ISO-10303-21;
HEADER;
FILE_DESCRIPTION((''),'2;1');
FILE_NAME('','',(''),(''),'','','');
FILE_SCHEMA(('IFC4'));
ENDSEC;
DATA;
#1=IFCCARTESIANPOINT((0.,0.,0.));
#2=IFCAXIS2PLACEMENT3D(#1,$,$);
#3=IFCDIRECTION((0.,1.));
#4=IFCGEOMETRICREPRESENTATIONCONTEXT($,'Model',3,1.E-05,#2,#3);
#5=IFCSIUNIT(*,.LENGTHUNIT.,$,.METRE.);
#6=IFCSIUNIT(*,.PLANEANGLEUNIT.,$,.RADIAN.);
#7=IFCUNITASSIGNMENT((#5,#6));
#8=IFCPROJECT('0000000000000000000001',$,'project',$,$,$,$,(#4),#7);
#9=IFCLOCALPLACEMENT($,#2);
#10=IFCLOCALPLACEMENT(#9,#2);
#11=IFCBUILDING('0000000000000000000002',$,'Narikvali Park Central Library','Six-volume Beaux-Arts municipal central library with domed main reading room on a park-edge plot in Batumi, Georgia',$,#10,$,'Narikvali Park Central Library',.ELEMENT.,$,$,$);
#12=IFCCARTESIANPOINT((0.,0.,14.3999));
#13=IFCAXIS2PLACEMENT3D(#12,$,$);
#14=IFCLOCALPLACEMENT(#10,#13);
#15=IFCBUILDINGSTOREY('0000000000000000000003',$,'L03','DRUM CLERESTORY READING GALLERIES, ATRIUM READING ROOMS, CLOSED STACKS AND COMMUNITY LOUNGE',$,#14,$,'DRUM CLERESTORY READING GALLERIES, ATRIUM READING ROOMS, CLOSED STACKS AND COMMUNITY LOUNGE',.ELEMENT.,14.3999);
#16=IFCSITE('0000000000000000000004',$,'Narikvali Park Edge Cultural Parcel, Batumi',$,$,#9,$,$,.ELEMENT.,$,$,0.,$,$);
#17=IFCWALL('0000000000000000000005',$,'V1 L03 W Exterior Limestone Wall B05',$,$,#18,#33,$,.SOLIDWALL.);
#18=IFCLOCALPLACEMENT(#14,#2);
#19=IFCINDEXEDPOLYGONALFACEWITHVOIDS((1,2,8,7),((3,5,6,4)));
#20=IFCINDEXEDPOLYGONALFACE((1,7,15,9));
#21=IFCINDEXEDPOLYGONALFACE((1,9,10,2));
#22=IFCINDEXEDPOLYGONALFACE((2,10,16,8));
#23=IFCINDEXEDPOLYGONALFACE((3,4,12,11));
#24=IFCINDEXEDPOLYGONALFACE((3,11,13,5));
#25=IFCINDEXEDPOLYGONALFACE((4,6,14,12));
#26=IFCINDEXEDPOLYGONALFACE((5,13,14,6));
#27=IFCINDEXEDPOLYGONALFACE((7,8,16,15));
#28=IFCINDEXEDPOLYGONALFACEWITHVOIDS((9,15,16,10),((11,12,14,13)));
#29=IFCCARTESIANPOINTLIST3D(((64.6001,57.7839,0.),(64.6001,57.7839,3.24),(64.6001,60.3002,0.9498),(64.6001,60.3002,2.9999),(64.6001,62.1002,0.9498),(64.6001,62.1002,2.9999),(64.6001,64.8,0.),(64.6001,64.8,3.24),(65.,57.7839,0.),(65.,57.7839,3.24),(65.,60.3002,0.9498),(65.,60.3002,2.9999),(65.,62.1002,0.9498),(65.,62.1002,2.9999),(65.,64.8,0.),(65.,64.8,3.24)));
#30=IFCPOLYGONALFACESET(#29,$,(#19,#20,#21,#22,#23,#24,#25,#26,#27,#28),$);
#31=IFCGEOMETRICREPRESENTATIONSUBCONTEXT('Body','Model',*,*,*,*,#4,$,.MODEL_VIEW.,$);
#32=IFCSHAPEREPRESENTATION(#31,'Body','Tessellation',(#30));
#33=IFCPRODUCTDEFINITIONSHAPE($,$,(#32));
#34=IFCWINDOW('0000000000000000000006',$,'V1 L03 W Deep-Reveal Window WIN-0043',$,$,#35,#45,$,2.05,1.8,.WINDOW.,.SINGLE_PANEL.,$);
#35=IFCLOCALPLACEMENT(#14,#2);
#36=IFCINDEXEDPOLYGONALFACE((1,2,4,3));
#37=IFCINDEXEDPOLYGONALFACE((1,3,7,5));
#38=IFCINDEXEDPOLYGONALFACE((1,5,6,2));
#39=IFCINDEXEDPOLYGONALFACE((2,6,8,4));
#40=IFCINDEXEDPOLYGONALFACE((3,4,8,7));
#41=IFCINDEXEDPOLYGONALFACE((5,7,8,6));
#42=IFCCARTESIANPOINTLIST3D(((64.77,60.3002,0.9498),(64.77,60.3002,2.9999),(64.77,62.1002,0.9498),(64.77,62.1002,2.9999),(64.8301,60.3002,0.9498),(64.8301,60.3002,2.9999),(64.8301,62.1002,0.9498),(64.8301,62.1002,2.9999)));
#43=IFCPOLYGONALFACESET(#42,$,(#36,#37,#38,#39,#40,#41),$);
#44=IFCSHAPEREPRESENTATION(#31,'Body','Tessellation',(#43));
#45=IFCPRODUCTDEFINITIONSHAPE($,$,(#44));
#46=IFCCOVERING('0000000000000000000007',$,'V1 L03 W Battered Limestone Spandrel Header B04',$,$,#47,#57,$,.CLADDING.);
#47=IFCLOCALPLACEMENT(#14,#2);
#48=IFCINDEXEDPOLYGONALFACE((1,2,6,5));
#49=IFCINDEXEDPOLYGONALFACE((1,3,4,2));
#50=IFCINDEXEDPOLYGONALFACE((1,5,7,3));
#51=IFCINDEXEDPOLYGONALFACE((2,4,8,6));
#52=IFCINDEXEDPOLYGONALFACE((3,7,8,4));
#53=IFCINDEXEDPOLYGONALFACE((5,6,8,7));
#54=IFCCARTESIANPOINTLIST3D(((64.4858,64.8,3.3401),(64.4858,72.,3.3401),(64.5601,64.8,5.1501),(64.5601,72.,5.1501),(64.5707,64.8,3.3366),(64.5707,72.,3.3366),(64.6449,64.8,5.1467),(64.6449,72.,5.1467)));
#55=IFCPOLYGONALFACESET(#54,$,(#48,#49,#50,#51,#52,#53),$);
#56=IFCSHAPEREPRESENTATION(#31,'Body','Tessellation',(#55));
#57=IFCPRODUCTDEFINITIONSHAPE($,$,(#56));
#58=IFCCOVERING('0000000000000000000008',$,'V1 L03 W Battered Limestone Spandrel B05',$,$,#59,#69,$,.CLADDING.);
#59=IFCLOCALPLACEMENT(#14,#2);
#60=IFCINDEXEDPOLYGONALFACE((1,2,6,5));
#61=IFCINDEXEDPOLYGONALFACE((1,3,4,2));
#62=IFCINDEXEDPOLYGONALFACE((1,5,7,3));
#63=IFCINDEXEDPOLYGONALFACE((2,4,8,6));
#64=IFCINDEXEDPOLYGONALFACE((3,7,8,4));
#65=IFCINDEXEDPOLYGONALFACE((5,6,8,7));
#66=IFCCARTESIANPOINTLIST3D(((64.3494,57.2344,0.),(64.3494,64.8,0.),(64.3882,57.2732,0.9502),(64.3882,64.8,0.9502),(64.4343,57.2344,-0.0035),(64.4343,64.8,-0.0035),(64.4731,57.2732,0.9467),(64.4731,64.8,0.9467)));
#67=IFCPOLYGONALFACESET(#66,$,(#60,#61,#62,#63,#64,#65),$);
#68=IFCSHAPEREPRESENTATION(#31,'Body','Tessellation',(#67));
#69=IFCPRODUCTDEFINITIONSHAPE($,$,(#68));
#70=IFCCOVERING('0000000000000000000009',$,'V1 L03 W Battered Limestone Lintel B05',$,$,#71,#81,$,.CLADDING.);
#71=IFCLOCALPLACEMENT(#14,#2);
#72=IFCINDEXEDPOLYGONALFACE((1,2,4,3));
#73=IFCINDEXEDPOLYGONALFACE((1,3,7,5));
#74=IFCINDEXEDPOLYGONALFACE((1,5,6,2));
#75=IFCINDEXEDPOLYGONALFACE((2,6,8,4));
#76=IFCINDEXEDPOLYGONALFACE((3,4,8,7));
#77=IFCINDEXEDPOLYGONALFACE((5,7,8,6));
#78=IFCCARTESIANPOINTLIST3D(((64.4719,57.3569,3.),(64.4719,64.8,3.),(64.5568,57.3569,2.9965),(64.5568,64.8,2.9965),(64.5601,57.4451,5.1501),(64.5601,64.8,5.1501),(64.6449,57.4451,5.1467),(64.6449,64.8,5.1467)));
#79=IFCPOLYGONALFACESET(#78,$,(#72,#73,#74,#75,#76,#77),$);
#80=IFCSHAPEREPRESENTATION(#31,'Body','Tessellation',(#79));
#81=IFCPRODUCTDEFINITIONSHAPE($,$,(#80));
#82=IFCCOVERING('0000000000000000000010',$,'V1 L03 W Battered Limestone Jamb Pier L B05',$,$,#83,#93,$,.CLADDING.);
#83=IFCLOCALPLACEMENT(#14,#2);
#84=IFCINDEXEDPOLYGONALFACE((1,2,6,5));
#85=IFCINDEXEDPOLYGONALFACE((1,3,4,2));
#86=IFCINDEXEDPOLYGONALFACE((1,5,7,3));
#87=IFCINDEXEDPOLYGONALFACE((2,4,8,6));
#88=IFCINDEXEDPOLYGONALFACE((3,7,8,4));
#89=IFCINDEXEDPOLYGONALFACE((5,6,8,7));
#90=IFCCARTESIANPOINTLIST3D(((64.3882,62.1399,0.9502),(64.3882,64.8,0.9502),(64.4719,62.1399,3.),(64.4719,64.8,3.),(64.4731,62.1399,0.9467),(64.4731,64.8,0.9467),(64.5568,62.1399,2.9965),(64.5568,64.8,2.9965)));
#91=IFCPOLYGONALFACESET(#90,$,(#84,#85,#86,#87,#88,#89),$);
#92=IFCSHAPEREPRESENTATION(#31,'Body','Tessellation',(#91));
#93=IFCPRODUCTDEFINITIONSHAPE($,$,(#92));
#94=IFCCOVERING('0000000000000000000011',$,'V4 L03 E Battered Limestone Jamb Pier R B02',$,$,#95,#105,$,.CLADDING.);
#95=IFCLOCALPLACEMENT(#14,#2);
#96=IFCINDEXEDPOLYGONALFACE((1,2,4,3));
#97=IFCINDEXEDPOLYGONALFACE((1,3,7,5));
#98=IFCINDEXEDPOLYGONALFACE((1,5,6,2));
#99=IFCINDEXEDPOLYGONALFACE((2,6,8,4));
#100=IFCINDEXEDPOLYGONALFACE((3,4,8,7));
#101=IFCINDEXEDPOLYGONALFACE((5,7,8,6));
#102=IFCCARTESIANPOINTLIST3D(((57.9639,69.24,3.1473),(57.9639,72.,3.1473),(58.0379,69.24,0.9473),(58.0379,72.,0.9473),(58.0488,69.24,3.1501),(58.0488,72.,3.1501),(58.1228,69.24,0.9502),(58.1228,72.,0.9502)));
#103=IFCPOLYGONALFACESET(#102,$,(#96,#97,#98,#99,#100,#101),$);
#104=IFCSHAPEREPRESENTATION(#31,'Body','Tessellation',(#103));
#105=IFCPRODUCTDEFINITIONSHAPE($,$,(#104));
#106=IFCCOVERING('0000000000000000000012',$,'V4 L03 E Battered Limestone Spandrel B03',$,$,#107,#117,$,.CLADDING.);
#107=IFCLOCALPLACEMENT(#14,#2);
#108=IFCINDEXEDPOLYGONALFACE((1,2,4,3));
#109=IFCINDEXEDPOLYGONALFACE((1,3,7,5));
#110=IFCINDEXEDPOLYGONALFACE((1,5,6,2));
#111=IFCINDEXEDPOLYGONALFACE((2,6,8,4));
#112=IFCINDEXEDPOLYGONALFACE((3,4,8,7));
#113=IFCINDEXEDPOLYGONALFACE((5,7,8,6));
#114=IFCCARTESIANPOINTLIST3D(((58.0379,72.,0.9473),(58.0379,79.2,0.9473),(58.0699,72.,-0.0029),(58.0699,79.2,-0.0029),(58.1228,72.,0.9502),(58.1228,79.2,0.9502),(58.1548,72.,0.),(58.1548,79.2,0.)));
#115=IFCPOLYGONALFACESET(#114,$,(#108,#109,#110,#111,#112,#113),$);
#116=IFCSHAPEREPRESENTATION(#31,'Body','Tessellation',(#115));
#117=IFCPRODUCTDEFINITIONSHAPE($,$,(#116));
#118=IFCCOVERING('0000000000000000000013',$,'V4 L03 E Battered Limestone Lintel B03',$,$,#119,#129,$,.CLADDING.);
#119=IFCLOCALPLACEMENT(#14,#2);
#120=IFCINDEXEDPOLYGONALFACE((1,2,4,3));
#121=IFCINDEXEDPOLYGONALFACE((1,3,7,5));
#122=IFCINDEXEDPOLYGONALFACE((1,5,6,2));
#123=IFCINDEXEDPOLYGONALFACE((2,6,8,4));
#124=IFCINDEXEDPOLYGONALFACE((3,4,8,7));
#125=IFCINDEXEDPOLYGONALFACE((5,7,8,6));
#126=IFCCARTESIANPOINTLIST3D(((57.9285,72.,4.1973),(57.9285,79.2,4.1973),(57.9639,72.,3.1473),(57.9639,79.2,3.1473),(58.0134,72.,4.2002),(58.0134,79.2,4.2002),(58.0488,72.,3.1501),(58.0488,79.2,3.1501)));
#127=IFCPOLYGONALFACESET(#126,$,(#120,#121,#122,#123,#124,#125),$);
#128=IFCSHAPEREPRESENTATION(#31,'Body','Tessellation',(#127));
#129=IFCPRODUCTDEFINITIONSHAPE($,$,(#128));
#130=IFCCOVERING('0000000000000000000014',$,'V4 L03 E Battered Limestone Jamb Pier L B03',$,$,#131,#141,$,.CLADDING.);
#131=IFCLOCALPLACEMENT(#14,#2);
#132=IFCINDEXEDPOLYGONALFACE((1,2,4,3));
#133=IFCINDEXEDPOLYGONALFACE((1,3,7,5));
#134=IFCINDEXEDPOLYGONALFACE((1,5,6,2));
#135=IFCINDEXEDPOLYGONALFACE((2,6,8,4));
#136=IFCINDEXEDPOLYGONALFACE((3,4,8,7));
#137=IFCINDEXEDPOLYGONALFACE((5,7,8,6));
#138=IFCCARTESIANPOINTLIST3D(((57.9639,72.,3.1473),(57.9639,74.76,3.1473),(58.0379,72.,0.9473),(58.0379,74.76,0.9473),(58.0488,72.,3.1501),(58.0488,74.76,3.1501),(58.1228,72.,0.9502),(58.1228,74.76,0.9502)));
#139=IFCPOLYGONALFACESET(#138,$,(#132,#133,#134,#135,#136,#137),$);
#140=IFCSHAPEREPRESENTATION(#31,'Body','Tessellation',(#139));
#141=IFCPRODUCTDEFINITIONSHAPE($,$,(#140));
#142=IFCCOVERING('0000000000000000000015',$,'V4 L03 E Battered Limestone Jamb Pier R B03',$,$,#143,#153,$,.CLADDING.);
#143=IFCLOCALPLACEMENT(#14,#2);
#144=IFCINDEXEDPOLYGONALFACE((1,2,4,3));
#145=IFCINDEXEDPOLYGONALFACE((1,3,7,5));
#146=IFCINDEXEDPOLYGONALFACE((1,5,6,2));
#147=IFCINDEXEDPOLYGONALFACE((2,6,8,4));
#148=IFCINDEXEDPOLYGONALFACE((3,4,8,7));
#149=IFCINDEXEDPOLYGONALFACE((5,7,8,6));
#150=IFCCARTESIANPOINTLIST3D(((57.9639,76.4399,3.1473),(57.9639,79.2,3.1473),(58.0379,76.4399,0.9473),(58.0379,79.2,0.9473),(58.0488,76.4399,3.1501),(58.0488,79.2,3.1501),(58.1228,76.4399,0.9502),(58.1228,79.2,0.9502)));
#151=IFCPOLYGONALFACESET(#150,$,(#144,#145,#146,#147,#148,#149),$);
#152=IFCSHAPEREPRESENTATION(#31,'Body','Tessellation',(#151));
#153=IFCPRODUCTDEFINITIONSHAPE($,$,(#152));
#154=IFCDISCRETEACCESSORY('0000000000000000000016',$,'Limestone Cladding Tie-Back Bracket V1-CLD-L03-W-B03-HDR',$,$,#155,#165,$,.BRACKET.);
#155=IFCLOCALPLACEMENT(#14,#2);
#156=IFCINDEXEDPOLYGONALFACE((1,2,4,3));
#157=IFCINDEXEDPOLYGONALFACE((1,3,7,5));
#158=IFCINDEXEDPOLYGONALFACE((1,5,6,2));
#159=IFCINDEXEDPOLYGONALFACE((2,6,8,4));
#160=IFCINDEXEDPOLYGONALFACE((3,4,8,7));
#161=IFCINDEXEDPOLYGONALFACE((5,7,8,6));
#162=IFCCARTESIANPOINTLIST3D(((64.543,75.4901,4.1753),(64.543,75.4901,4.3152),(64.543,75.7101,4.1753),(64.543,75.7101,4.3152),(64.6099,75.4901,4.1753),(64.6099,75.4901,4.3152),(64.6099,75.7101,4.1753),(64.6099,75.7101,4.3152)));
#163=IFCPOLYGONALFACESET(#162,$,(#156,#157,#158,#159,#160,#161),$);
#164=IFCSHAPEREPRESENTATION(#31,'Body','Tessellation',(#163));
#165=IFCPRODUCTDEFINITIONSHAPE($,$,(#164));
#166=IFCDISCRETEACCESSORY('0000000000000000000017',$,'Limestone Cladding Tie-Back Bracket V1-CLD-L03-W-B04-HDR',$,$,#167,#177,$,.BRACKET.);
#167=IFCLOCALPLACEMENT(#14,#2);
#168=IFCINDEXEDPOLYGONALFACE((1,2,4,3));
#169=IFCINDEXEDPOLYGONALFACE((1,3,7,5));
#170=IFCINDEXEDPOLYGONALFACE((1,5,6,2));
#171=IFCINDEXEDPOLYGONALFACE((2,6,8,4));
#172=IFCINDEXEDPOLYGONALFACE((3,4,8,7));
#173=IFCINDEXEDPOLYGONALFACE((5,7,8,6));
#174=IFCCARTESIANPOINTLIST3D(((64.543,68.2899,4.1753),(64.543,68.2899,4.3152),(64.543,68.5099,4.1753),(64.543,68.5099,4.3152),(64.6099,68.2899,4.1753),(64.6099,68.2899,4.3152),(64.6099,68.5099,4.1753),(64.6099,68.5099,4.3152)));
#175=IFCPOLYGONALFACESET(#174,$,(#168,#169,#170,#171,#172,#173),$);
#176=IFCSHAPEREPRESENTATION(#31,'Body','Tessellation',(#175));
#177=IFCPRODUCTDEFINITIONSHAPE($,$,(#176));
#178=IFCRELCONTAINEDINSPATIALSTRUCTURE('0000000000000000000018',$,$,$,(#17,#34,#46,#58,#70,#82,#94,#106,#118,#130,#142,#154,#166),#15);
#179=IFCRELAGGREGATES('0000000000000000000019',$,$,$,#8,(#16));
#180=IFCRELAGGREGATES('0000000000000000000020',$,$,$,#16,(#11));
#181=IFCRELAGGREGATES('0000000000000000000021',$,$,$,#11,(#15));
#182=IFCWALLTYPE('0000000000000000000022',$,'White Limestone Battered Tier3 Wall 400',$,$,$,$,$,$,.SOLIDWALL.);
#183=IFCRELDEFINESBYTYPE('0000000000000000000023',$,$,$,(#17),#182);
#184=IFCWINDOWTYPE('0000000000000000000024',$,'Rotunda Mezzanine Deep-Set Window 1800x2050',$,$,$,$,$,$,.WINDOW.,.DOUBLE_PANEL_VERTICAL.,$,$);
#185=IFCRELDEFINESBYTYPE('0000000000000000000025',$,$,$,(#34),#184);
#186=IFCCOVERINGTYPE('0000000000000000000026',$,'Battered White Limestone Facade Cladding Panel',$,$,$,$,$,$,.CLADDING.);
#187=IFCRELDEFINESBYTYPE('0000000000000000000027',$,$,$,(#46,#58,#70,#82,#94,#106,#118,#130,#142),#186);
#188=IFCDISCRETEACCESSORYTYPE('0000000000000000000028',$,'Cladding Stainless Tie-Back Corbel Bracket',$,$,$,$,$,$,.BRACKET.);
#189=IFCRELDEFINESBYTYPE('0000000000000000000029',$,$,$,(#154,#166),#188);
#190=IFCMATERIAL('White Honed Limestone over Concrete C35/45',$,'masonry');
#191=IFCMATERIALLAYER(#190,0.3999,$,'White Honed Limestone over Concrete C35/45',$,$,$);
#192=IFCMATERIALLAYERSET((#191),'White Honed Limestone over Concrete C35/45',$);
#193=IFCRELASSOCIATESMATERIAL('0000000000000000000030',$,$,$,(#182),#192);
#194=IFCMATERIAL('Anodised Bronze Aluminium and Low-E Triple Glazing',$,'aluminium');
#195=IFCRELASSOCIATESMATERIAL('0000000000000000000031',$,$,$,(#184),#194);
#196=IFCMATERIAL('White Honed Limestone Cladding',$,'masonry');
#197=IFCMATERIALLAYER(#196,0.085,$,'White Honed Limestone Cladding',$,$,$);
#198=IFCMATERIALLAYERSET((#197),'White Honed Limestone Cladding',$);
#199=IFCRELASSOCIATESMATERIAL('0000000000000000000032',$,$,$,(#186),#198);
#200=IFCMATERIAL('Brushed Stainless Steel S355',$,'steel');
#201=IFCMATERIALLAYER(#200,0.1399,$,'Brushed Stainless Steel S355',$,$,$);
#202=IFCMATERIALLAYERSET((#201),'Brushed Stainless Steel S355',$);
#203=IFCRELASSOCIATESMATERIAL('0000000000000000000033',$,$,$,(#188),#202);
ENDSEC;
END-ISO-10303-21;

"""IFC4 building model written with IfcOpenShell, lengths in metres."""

from ifc_helpers import new_model, si_unit, direction, frame, frame_2d, origin, origin_2d, place, context, subcontext, project, spatial, polyline, rectangle, outline, extrude, material, layer, layer_set, type_object, element, fill, save


model = new_model("IFC4")

# Units and contexts
model_context = context("Model", 3, precision=1e-05, world=origin(), true_north=direction((0.0, 1.0)))
body_context = subcontext(model_context, "Body", "Model", "MODEL_VIEW")
ifc_project = project(units=[si_unit("LENGTHUNIT", "METRE"), si_unit("PLANEANGLEUNIT", "RADIAN")], contexts=[model_context])

# Site, building, storey
site_placement = place(None, origin())
site = spatial("IfcSite", under=ifc_project, at=site_placement, Name="Narikvali Park Edge Cultural Parcel, Batumi", CompositionType="ELEMENT", RefElevation=0.0)
building_placement = place(site_placement, origin())
building = spatial("IfcBuilding", under=site, at=building_placement, Name="Narikvali Park Central Library", Description="Six-volume Beaux-Arts municipal central library with domed main reading room on a park-edge plot in Batumi, Georgia", LongName="Narikvali Park Central Library", CompositionType="ELEMENT")
storey_placement = place(building_placement, frame((0.0, 0.0, 14.3999)))
storey = spatial("IfcBuildingStorey", under=building, at=storey_placement, Name="L03", Description="DRUM CLERESTORY READING GALLERIES, ATRIUM READING ROOMS, CLOSED STACKS AND COMMUNITY LOUNGE", LongName="DRUM CLERESTORY READING GALLERIES, ATRIUM READING ROOMS, CLOSED STACKS AND COMMUNITY LOUNGE", CompositionType="ELEMENT", Elevation=14.3999)

# Wall, opening, window
ifc_material_1 = material(Name="White Honed Limestone over Concrete C35/45", Category="masonry")
ifc_layer_1 = layer(ifc_material_1, 0.3999, Name="White Honed Limestone over Concrete C35/45")
ifc_layer_set_1 = layer_set([ifc_layer_1], Name="White Honed Limestone over Concrete C35/45")
wall_type = type_object("IfcWallType", Name="White Limestone Battered Tier3 Wall 400", PredefinedType="SOLIDWALL", material=ifc_layer_set_1)
wall_placement = place(storey_placement, frame((64.8, 64.8, 0.0), z_axis=(0.0, 0.0, 1.0), x_axis=(0.0, -1.0, 0.0)))
wall = element("IfcWall", 1, at=wall_placement, inside=storey, type_object=wall_type, Name="V1 L03 W Exterior Limestone Wall B05", PredefinedType="SOLIDWALL", context=body_context, shape_type="SweptSolid", body=[
    extrude(rectangle(XDim=7.0161, YDim=0.3999, at=frame_2d((3.5081, 0.0))), origin(), (0.0, 0.0, 1.0), 3.24),
])
opening_placement = place(wall_placement, frame((2.7, 0.0, 0.95)))
opening = element("IfcOpeningElement", 2, at=opening_placement, cuts=wall, PredefinedType="OPENING", context=body_context, shape_type="SweptSolid", body=[
    extrude(rectangle(XDim=1.8, YDim=2.05, at=frame_2d((0.8999, 1.0249))), frame((0.0, 0.2119, 0.0), z_axis=(0.0, -1.0, 0.0), x_axis=(1.0, 0.0, 0.0)), (0.0, 0.0, 1.0), 0.4238),
])
ifc_material_2 = material(Name="Anodised Bronze Aluminium and Low-E Triple Glazing", Category="aluminium")
window_type = type_object("IfcWindowType", Name="Rotunda Mezzanine Deep-Set Window 1800x2050", PartitioningType="DOUBLE_PANEL_VERTICAL", PredefinedType="WINDOW", material=ifc_material_2)
window_placement = place(opening_placement, origin())
window = element("IfcWindow", 3, at=window_placement, inside=storey, type_object=window_type, Name="V1 L03 W Deep-Reveal Window WIN-0043", OverallHeight=2.05, OverallWidth=1.8, PartitioningType="SINGLE_PANEL", PredefinedType="WINDOW", context=body_context, shape_type="SweptSolid", body=[
    extrude(rectangle(XDim=1.8, YDim=2.05, at=frame_2d((0.8999, 1.0249))), frame((0.0, 0.03, 0.0), z_axis=(0.0, -1.0, 0.0), x_axis=(1.0, 0.0, 0.0)), (0.0, 0.0, 1.0), 0.0601),
])
fill(opening, window)

# Coverings
ifc_material_3 = material(Name="White Honed Limestone Cladding", Category="masonry")
ifc_layer_2 = layer(ifc_material_3, 0.085, Name="White Honed Limestone Cladding")
ifc_layer_set_2 = layer_set([ifc_layer_2], Name="White Honed Limestone Cladding")
covering_type = type_object("IfcCoveringType", Name="Battered White Limestone Facade Cladding Panel", PredefinedType="CLADDING", material=ifc_layer_set_2)
covering_1_placement = place(storey_placement, frame((64.4858, 72.0, 3.3401), z_axis=(-0.99916, 0.0, 0.040969), x_axis=(0.0, -1.0, 0.0)))
element("IfcCovering", 4, at=covering_1_placement, inside=storey, type_object=covering_type, Name="V1 L03 W Battered Limestone Spandrel Header B04", PredefinedType="CLADDING", context=body_context, shape_type="SweptSolid", body=[
    extrude(outline(polyline([(0.0, 0.0), (7.2, 0.0), (7.2, 1.8116), (0.0, 1.8116), (0.0, 0.0)])), origin(), (0.0, 0.0, -1.0), 0.085),
])
covering_2_placement = place(storey_placement, frame((64.3494, 64.8, 0.0), z_axis=(-0.999167, 0.0, 0.040819), x_axis=(0.0, -1.0, 0.0)))
element("IfcCovering", 5, at=covering_2_placement, inside=storey, type_object=covering_type, Name="V1 L03 W Battered Limestone Spandrel B05", PredefinedType="CLADDING", context=body_context, shape_type="SweptSolid", body=[
    extrude(outline(polyline([(0.0, 0.0), (7.5657, 0.0), (7.5269, 0.951), (0.0, 0.951), (0.0, 0.0)])), origin(), (0.0, 0.0, -1.0), 0.085),
])
covering_3_placement = place(storey_placement, frame((64.4719, 64.8, 3.0), z_axis=(-0.999161, 0.0, 0.040956), x_axis=(0.0, -1.0, 0.0)))
element("IfcCovering", 6, at=covering_3_placement, inside=storey, type_object=covering_type, Name="V1 L03 W Battered Limestone Lintel B05", PredefinedType="CLADDING", context=body_context, shape_type="SweptSolid", body=[
    extrude(outline(polyline([(0.0, 0.0), (7.4431, 0.0), (7.355, 2.152), (0.0, 2.152), (0.0, 0.0)])), origin(), (0.0, 0.0, -1.0), 0.085),
])
covering_4_placement = place(storey_placement, frame((64.3882, 64.8, 0.9502), z_axis=(-0.999167, 0.0, 0.040819), x_axis=(0.0, -1.0, 0.0)))
element("IfcCovering", 7, at=covering_4_placement, inside=storey, type_object=covering_type, Name="V1 L03 W Battered Limestone Jamb Pier L B05", PredefinedType="CLADDING", context=body_context, shape_type="SweptSolid", body=[
    extrude(outline(polyline([(0.0, 0.0), (2.6602, 0.0), (2.6602, 2.0515), (0.0, 2.0515), (0.0, 0.0)])), origin(), (0.0, 0.0, -1.0), 0.085),
])
covering_5_placement = place(storey_placement, frame((58.1228, 69.24, 0.9502), z_axis=(0.999435, 0.0, 0.033607), x_axis=(0.0, 1.0, 0.0)))
element("IfcCovering", 8, at=covering_5_placement, inside=storey, type_object=covering_type, Name="V4 L03 E Battered Limestone Jamb Pier R B02", PredefinedType="CLADDING", context=body_context, shape_type="SweptSolid", body=[
    extrude(outline(polyline([(0.0, 0.0), (2.76, 0.0), (2.76, 2.2012), (0.0, 2.2012), (0.0, 0.0)])), origin(), (0.0, 0.0, -1.0), 0.085),
])
covering_6_placement = place(storey_placement, frame((58.1548, 72.0, 0.0), z_axis=(0.999434, 0.0, 0.03364), x_axis=(0.0, 1.0, 0.0)))
element("IfcCovering", 9, at=covering_6_placement, inside=storey, type_object=covering_type, Name="V4 L03 E Battered Limestone Spandrel B03", PredefinedType="CLADDING", context=body_context, shape_type="SweptSolid", body=[
    extrude(outline(polyline([(0.0, 0.0), (7.2, 0.0), (7.2, 0.9507), (0.0, 0.9507), (0.0, 0.0)])), origin(), (0.0, 0.0, -1.0), 0.085),
])
covering_7_placement = place(storey_placement, frame((58.0488, 72.0, 3.1501), z_axis=(0.999432, 0.0, 0.033694), x_axis=(0.0, 1.0, 0.0)))
element("IfcCovering", 10, at=covering_7_placement, inside=storey, type_object=covering_type, Name="V4 L03 E Battered Limestone Lintel B03", PredefinedType="CLADDING", context=body_context, shape_type="SweptSolid", body=[
    extrude(outline(polyline([(0.0, 0.0), (7.2, 0.0), (7.2, 1.0506), (0.0, 1.0506), (0.0, 0.0)])), origin(), (0.0, 0.0, -1.0), 0.085),
])
for number, where, z_axis, x_axis, name in (
    (11, (58.1228, 72.0, 0.9502), (0.999435, 0.0, 0.033607), (0.0, 1.0, 0.0), "V4 L03 E Battered Limestone Jamb Pier L B03"),
    (12, (58.1228, 76.4399, 0.9502), (0.999435, 0.0, 0.033607), (0.0, 1.0, 0.0), "V4 L03 E Battered Limestone Jamb Pier R B03"),
):
    element("IfcCovering", number, at=place(storey_placement, frame(where, z_axis=z_axis, x_axis=x_axis)), inside=storey, type_object=covering_type, Name=name, PredefinedType="CLADDING", context=body_context, shape_type="SweptSolid", body=[
        extrude(outline(polyline([(0.0, 0.0), (2.76, 0.0), (2.76, 2.2012), (0.0, 2.2012), (0.0, 0.0)])), origin(), (0.0, 0.0, -1.0), 0.085),
    ])

# Discrete accessories
ifc_material_4 = material(Name="Brushed Stainless Steel S355", Category="steel")
ifc_layer_3 = layer(ifc_material_4, 0.1399, Name="Brushed Stainless Steel S355")
ifc_layer_set_3 = layer_set([ifc_layer_3], Name="Brushed Stainless Steel S355")
discrete_accessory_type = type_object("IfcDiscreteAccessoryType", Name="Cladding Stainless Tie-Back Corbel Bracket", PredefinedType="BRACKET", material=ifc_layer_set_3)
for number, where, z_axis, x_axis, name in (
    (13, (64.5764, 75.6001, 4.1753), (0.0, 0.0, 1.0), (1.0, 0.0, 0.0), "Limestone Cladding Tie-Back Bracket V1-CLD-L03-W-B03-HDR"),
    (14, (64.5764, 68.3999, 4.1753), (0.0, 0.0, 1.0), (1.0, 0.0, 0.0), "Limestone Cladding Tie-Back Bracket V1-CLD-L03-W-B04-HDR"),
):
    element("IfcDiscreteAccessory", number, at=place(storey_placement, frame(where, z_axis=z_axis, x_axis=x_axis)), inside=storey, type_object=discrete_accessory_type, Name=name, PredefinedType="BRACKET", context=body_context, shape_type="SweptSolid", body=[
        extrude(rectangle(XDim=0.0669, YDim=0.22, at=origin_2d()), origin(), (0.0, 0.0, 1.0), 0.1399),
    ])

save(model, "model.ifc")
